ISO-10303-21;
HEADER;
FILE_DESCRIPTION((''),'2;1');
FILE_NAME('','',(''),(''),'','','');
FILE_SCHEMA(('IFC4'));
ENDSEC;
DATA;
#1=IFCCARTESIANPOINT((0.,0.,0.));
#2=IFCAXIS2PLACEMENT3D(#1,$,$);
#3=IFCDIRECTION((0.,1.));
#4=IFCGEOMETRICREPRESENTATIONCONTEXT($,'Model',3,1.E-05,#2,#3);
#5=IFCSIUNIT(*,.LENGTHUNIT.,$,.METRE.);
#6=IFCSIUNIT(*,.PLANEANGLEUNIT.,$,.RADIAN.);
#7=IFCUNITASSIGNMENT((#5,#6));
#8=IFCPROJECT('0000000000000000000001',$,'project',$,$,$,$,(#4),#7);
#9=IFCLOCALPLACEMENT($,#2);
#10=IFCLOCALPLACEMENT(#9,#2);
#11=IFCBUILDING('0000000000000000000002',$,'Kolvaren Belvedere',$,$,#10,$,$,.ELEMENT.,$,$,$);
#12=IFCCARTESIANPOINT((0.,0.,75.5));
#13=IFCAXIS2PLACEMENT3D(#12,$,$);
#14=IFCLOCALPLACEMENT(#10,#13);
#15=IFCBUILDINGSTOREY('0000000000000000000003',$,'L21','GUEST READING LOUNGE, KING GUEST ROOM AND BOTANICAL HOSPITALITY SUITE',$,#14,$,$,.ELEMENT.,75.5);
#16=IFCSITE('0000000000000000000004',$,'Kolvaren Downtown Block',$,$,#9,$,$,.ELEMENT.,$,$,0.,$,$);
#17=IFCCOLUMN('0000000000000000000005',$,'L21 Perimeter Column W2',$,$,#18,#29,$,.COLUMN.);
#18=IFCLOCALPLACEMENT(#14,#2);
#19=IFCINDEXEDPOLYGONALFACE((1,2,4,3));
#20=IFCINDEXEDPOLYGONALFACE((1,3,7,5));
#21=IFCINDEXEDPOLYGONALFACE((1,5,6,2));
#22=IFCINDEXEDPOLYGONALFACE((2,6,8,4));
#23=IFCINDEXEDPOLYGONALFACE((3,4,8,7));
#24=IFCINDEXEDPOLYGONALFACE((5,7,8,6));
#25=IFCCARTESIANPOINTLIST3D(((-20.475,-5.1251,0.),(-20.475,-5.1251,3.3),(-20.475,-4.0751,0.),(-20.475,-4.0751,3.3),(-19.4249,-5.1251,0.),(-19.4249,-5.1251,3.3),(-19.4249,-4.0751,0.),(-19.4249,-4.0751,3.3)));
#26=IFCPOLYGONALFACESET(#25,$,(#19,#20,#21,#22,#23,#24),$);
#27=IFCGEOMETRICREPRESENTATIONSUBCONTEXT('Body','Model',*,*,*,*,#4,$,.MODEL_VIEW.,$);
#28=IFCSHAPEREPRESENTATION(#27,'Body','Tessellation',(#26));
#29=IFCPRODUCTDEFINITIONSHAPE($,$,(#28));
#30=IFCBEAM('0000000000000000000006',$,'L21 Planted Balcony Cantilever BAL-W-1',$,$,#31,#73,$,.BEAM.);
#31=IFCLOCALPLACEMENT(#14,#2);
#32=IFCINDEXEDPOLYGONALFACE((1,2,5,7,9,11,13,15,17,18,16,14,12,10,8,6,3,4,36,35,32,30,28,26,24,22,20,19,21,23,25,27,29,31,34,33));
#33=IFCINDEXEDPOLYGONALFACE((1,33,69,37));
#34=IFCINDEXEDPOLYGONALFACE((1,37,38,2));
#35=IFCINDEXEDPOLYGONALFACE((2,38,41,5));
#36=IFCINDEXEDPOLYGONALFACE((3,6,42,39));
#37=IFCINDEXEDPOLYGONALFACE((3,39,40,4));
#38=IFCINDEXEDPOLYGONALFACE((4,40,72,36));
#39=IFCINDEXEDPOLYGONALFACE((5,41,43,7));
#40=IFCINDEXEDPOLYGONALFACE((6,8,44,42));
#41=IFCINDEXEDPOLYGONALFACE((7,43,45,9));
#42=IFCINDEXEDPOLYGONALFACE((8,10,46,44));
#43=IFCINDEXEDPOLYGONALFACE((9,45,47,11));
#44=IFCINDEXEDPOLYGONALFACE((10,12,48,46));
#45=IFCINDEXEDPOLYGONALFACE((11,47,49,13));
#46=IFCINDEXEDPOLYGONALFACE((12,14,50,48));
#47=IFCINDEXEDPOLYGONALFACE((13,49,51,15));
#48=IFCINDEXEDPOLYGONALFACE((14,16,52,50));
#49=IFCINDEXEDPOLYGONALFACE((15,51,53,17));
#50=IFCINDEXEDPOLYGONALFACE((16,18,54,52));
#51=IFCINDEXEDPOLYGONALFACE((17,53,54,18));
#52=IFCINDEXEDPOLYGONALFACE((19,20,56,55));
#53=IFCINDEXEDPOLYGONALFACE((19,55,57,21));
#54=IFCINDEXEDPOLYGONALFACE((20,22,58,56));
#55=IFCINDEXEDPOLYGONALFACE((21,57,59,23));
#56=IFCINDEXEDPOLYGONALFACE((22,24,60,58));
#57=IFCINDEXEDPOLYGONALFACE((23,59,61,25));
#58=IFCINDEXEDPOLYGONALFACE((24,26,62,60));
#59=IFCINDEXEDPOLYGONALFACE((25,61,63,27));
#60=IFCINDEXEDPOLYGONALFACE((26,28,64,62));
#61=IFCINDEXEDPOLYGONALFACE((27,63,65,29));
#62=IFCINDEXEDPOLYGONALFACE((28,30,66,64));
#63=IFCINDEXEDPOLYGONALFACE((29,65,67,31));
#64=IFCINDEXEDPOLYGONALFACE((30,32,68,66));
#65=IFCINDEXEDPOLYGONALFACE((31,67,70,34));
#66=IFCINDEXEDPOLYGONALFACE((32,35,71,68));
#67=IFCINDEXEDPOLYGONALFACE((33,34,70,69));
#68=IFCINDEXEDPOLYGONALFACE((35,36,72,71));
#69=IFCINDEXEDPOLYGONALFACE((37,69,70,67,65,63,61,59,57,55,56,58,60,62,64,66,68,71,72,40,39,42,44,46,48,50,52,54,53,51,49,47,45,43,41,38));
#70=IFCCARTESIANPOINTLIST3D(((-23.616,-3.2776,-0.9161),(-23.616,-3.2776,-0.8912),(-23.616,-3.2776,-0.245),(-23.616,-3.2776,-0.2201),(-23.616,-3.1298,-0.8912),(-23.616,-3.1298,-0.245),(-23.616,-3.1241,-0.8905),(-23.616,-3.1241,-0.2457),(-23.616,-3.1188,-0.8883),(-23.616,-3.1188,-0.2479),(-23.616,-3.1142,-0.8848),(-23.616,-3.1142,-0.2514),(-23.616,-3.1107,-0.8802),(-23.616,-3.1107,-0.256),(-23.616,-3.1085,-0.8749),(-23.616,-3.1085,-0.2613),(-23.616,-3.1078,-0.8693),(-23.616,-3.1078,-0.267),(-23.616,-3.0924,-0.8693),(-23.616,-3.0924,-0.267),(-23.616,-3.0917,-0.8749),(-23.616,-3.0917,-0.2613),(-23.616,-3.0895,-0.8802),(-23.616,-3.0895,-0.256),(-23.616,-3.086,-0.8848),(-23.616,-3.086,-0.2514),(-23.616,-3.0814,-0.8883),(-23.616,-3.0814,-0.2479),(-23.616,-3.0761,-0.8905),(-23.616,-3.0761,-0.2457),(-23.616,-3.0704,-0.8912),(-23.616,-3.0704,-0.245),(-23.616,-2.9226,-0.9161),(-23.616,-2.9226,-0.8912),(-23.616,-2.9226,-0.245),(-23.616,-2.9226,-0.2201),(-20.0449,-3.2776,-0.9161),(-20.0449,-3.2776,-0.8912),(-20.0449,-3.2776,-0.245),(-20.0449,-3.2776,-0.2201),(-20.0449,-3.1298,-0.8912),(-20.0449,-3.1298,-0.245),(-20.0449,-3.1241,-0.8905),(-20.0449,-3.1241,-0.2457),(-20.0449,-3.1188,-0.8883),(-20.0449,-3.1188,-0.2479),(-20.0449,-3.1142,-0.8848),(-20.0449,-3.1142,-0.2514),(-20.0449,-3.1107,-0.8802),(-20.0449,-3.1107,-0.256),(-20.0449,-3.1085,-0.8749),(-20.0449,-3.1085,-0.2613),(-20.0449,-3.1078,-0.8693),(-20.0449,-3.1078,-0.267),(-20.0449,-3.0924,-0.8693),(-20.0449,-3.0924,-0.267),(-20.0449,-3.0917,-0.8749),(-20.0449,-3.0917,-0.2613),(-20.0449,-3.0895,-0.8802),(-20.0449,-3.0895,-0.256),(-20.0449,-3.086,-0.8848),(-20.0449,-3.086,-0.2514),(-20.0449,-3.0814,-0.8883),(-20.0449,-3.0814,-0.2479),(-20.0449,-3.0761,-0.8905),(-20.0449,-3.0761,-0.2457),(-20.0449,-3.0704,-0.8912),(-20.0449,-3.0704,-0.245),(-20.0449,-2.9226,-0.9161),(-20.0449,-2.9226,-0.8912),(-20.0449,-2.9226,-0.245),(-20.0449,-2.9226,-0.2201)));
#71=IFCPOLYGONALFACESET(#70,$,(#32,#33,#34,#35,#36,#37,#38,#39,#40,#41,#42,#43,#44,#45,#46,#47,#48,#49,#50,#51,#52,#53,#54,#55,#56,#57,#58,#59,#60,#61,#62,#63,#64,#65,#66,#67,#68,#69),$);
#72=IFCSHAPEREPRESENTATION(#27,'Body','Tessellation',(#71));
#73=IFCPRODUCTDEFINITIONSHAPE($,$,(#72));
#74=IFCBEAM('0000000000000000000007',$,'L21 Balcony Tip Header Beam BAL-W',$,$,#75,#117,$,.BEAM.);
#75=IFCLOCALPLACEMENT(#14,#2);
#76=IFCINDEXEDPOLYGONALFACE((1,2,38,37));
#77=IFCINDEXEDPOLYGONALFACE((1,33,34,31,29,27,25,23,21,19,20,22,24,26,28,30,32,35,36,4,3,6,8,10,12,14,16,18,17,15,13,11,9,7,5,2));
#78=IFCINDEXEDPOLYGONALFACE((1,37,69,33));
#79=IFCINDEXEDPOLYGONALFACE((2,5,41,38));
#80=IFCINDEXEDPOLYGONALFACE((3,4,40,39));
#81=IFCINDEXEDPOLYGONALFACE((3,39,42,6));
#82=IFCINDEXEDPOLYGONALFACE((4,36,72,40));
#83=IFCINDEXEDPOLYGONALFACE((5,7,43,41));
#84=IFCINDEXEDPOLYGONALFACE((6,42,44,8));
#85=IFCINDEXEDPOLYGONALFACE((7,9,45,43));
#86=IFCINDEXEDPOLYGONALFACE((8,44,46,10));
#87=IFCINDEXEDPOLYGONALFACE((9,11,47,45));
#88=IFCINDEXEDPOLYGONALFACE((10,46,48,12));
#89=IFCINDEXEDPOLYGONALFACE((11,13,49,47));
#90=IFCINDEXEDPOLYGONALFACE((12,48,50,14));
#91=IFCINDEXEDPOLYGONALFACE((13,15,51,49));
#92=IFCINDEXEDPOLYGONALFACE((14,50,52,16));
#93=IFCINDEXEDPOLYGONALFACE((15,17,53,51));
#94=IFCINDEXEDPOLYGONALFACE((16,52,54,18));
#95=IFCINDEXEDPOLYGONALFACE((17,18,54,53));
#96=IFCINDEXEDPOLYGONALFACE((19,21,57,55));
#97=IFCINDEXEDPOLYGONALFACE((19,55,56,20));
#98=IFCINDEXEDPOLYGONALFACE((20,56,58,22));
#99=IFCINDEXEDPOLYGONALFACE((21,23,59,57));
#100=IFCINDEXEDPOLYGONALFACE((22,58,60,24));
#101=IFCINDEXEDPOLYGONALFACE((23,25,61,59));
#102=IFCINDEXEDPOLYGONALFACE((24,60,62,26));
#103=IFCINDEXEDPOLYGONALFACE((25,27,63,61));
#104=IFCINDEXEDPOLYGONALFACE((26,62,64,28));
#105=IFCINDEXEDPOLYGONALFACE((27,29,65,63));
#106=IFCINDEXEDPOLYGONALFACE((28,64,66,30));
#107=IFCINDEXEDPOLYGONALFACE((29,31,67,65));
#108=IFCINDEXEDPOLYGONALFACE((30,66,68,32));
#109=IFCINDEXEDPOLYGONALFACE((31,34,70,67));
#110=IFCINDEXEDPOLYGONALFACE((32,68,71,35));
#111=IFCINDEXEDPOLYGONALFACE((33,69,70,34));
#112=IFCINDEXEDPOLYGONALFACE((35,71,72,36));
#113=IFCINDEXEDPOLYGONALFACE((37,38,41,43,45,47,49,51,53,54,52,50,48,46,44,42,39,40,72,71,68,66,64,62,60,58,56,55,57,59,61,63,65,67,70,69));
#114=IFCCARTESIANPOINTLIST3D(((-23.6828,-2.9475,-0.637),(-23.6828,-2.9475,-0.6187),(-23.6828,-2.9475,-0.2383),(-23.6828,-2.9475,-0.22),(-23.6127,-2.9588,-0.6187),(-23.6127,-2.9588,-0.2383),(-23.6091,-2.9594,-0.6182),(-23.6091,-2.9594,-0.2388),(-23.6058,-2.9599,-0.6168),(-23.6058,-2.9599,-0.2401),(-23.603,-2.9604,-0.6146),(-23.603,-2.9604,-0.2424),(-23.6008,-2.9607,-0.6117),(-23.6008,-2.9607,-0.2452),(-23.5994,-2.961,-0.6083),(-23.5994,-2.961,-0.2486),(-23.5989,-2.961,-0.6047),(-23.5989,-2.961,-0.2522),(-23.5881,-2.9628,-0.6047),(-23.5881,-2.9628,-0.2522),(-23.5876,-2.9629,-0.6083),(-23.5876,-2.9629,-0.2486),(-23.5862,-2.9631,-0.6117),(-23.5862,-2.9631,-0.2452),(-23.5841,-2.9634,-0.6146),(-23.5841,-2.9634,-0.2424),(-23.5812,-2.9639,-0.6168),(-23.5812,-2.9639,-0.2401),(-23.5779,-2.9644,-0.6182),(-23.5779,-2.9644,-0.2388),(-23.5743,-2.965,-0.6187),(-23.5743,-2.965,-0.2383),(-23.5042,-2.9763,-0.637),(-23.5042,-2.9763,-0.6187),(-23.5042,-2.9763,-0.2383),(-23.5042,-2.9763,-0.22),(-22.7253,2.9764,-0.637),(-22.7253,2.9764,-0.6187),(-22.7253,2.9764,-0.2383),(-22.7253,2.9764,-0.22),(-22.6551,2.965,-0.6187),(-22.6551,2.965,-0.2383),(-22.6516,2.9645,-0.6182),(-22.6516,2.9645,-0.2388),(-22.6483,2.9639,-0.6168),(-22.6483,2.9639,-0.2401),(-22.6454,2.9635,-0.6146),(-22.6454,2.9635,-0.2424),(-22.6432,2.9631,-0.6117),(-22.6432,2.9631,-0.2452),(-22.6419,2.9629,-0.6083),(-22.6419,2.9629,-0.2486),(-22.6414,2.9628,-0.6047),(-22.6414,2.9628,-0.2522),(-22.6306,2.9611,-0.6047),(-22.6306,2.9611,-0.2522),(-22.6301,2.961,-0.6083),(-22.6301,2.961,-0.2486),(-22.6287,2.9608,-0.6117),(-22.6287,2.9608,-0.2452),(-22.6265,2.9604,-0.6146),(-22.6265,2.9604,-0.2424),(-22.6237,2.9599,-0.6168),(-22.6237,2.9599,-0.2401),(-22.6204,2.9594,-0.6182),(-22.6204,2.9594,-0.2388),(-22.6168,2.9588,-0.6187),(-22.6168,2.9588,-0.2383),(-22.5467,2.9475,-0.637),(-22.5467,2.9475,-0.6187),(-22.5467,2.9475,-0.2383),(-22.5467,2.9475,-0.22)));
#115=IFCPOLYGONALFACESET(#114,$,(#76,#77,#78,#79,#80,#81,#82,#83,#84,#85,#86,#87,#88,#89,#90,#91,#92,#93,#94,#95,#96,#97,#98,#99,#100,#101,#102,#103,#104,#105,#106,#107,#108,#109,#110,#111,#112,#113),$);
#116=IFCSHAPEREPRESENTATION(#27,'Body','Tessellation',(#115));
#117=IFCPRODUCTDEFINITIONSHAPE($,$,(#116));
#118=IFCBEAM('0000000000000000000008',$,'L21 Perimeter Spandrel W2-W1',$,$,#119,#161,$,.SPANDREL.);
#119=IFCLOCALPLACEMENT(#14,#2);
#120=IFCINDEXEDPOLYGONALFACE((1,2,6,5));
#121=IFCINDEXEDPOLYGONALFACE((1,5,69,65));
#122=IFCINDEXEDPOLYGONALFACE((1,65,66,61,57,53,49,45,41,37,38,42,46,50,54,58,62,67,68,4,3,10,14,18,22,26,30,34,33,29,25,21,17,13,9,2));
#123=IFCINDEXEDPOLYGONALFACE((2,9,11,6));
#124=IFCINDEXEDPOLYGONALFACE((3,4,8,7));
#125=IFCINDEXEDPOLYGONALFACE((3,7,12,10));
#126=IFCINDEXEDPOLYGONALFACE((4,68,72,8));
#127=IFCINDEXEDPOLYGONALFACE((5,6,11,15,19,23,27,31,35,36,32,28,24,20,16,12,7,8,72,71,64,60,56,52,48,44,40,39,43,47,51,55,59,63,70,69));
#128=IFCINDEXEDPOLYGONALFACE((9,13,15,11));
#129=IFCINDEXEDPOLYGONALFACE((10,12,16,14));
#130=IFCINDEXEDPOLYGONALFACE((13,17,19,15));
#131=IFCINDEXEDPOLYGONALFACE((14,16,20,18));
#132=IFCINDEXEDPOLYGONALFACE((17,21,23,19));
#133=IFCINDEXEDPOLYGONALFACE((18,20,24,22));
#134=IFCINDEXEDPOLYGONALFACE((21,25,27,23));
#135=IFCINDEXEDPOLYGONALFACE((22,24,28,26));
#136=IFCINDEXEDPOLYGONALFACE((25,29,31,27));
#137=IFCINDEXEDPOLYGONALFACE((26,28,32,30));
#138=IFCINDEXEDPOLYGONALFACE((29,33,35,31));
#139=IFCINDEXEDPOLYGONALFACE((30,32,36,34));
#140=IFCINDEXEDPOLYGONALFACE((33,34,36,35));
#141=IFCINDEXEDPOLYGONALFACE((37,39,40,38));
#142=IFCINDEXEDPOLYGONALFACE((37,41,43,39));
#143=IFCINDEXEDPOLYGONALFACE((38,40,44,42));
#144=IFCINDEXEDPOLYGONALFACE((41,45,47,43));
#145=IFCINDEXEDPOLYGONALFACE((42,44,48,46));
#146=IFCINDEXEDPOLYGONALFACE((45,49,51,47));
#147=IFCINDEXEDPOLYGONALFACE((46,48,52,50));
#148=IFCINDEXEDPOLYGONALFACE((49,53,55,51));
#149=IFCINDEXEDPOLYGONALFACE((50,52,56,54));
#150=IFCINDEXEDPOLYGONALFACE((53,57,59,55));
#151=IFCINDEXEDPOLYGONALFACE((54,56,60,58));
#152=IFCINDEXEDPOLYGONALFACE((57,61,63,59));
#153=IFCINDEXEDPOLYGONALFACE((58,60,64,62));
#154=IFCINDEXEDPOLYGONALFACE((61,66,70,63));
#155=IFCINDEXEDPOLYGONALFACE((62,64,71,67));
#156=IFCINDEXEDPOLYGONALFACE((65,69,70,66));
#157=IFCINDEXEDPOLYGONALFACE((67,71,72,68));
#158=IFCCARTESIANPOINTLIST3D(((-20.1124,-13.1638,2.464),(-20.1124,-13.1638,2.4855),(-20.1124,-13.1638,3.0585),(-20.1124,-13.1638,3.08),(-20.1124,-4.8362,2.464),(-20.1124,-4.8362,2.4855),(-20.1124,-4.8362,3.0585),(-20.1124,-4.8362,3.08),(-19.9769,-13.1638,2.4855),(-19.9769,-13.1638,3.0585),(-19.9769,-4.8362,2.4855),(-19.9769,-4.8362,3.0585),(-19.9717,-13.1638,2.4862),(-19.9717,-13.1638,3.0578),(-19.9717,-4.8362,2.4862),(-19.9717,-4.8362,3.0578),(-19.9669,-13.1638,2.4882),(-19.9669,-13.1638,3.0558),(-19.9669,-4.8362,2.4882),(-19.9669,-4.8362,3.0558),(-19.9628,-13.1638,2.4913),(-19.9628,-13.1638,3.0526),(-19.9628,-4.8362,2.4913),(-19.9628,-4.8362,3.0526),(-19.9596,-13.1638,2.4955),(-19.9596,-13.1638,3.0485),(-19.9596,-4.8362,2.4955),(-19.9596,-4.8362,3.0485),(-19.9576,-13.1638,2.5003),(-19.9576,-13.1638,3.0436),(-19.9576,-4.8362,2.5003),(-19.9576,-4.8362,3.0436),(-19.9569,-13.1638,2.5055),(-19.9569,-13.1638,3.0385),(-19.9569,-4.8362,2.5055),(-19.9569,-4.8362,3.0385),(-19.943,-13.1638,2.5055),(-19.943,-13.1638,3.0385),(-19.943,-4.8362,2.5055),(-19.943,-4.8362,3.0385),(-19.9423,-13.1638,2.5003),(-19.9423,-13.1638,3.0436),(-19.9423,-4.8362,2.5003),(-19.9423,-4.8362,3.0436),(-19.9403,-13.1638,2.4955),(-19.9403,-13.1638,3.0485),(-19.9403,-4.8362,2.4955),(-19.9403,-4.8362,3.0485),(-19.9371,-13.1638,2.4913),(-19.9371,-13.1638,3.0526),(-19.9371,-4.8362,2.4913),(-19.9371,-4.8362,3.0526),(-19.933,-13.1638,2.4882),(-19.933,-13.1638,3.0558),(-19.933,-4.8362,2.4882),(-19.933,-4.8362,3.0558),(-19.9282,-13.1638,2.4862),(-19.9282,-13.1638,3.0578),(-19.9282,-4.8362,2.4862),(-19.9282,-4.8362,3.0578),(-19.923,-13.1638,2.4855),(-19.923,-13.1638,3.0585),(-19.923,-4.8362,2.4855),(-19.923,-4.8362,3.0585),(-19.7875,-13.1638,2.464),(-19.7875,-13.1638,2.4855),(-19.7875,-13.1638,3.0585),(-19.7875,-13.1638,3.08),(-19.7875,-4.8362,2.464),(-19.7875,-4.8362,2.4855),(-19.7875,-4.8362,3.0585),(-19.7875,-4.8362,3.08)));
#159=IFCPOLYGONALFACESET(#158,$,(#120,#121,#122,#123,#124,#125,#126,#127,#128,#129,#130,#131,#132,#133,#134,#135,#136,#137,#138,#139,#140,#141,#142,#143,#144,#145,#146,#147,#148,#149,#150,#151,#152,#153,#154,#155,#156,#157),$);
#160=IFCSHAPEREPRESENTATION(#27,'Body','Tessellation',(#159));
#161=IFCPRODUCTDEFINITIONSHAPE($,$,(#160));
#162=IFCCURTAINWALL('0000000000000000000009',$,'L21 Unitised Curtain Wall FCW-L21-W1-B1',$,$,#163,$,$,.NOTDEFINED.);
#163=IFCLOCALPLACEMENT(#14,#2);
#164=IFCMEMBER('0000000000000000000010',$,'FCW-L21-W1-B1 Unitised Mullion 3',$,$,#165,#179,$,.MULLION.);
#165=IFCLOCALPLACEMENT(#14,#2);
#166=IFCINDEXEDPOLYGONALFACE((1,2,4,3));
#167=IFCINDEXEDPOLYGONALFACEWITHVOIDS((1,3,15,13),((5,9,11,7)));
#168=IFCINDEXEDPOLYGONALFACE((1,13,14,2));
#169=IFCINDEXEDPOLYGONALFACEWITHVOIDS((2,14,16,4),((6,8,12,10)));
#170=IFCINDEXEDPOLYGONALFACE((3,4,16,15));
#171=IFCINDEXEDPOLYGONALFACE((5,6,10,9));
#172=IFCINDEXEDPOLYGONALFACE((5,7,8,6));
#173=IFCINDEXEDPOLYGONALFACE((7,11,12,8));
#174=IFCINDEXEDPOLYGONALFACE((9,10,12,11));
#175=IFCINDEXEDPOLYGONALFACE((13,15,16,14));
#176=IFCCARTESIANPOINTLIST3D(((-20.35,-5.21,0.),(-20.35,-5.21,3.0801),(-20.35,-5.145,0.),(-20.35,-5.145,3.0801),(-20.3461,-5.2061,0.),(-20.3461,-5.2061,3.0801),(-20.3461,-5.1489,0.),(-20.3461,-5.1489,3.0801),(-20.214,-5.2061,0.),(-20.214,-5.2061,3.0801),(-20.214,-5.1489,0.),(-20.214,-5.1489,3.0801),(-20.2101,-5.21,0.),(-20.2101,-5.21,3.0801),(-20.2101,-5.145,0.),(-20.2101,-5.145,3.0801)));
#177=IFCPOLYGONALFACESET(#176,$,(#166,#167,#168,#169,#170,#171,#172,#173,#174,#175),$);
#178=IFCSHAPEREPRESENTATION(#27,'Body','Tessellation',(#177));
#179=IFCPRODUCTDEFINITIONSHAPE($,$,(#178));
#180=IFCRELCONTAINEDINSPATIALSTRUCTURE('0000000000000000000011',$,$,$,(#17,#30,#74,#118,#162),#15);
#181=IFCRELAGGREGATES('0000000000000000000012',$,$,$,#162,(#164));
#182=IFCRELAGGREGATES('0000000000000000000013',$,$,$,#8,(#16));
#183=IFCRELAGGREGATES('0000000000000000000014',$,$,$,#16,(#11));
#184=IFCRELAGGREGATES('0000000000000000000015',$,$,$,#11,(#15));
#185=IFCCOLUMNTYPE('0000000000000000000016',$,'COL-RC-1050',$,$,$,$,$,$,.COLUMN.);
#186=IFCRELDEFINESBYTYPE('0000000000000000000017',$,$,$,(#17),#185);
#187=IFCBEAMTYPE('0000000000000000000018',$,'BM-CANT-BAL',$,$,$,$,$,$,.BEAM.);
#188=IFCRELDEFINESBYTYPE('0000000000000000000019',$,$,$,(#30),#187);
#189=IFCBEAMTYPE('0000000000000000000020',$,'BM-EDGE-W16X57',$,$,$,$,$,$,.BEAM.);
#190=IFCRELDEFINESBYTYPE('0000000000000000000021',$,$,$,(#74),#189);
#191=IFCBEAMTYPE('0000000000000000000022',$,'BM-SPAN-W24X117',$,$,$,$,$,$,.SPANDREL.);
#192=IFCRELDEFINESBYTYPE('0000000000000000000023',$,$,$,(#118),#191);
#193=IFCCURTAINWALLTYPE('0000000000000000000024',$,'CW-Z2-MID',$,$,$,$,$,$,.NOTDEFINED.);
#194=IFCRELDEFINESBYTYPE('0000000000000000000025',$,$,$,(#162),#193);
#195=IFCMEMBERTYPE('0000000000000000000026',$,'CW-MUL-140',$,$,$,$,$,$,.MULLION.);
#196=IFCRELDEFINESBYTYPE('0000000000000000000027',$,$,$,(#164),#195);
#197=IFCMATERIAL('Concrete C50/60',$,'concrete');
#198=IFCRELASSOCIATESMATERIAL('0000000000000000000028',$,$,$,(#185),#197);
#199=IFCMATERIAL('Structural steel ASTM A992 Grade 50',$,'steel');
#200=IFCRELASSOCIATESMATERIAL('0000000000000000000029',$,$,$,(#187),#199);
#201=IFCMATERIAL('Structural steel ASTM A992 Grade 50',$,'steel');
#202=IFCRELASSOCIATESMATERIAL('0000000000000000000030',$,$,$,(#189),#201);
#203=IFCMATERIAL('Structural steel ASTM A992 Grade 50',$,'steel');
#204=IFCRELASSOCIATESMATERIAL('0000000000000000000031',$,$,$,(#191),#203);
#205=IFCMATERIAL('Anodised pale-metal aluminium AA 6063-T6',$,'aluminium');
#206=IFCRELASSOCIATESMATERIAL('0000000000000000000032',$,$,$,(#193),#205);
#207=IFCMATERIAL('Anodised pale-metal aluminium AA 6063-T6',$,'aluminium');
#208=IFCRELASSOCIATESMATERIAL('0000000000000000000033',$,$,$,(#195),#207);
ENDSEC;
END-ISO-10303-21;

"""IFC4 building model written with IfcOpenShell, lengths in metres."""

from ifc_helpers import new_model, si_unit, direction, frame, origin, origin_2d, place, context, subcontext, project, spatial, rectangle, hollow_rectangle, i_section, extrude, material, material_profile, profile_set, type_object, element, aggregate, save


model = new_model("IFC4")

# Units and contexts
model_context = context("Model", 3, precision=1e-05, world=origin(), true_north=direction((0.0, 1.0)))
body_context = subcontext(model_context, "Body", "Model", "MODEL_VIEW")
ifc_project = project(units=[si_unit("LENGTHUNIT", "METRE"), si_unit("PLANEANGLEUNIT", "RADIAN")], contexts=[model_context])

# Site, building, storey
site_placement = place(None, origin())
site = spatial("IfcSite", under=ifc_project, at=site_placement, Name="Kolvaren Downtown Block", CompositionType="ELEMENT", RefElevation=0.0)
building_placement = place(site_placement, origin())
building = spatial("IfcBuilding", under=site, at=building_placement, Name="Kolvaren Belvedere", CompositionType="ELEMENT")
storey_placement = place(building_placement, frame((0.0, 0.0, 75.5)))
storey = spatial("IfcBuildingStorey", under=building, at=storey_placement, Name="L21", Description="GUEST READING LOUNGE, KING GUEST ROOM AND BOTANICAL HOSPITALITY SUITE", CompositionType="ELEMENT", Elevation=75.5)

# Column
ifc_material_1 = material(Name="Concrete C50/60", Category="concrete")
ifc_material_profile_1 = material_profile(ifc_material_1, rectangle(XDim=1.05, YDim=1.05, at=origin_2d()), Name="RC 1050X1050")
ifc_profile_set_1 = profile_set([ifc_material_profile_1], Name="Concrete C50/60")
column_type = type_object("IfcColumnType", Name="COL-RC-1050", PredefinedType="COLUMN", material=ifc_profile_set_1)
column_placement = place(storey_placement, frame((-19.95, -4.6001, 0.0), z_axis=(0.0, 0.0, 1.0), x_axis=(1.0, 0.0, 0.0)))
element("IfcColumn", 1, at=column_placement, inside=storey, type_object=column_type, Name="L21 Perimeter Column W2", PredefinedType="COLUMN", context=body_context, shape_type="SweptSolid", body=[
    extrude(rectangle(XDim=1.05, YDim=1.05, at=origin_2d()), origin(), (0.0, 0.0, 1.0), 3.3),
])

# Beams
ifc_material_2 = material(Name="Structural steel ASTM A992 Grade 50", Category="steel")
ifc_material_profile_2 = material_profile(ifc_material_2, i_section(OverallWidth=0.355, OverallDepth=0.696, WebThickness=0.0154, FlangeThickness=0.0249, FilletRadius=0.022, at=origin_2d()), Name="W27X146")
ifc_profile_set_2 = profile_set([ifc_material_profile_2], Name="Structural steel ASTM A992 Grade 50")
beam_type_1 = type_object("IfcBeamType", Name="BM-CANT-BAL", PredefinedType="BEAM", material=ifc_profile_set_2)
beam_1_placement = place(storey_placement, frame((-20.0449, -3.1001, -0.5681), z_axis=(-1.0, 0.0, 0.0), x_axis=(0.0, -1.0, 0.0)))
element("IfcBeam", 2, at=beam_1_placement, inside=storey, type_object=beam_type_1, Name="L21 Planted Balcony Cantilever BAL-W-1", PredefinedType="BEAM", context=body_context, shape_type="SweptSolid", body=[
    extrude(i_section(OverallWidth=0.355, OverallDepth=0.696, WebThickness=0.0154, FlangeThickness=0.0249, FilletRadius=0.022, at=origin_2d()), origin(), (0.0, 0.0, 1.0), 3.571),
])
ifc_material_3 = material(Name="Structural steel ASTM A992 Grade 50", Category="steel")
ifc_material_profile_3 = material_profile(ifc_material_3, i_section(OverallWidth=0.1809, OverallDepth=0.417, WebThickness=0.011, FlangeThickness=0.0183, FilletRadius=0.0139, at=origin_2d()), Name="W16X57")
ifc_profile_set_3 = profile_set([ifc_material_profile_3], Name="Structural steel ASTM A992 Grade 50")
beam_type_2 = type_object("IfcBeamType", Name="BM-EDGE-W16X57", PredefinedType="BEAM", material=ifc_profile_set_3)
beam_2_placement = place(storey_placement, frame((-23.5935, -2.9619, -0.4285), z_axis=(0.159568, 0.987187, 0.0), x_axis=(-0.987187, 0.159568, 0.0)))
element("IfcBeam", 3, at=beam_2_placement, inside=storey, type_object=beam_type_2, Name="L21 Balcony Tip Header Beam BAL-W", PredefinedType="BEAM", context=body_context, shape_type="SweptSolid", body=[
    extrude(i_section(OverallWidth=0.1809, OverallDepth=0.417, WebThickness=0.011, FlangeThickness=0.0183, FilletRadius=0.0139, at=origin_2d()), origin(), (0.0, 0.0, 1.0), 6.0007),
])
ifc_material_4 = material(Name="Structural steel ASTM A992 Grade 50", Category="steel")
ifc_material_profile_4 = material_profile(ifc_material_4, i_section(OverallWidth=0.325, OverallDepth=0.616, WebThickness=0.0139, FlangeThickness=0.0215, FilletRadius=0.02, at=origin_2d()), Name="W24X117")
ifc_profile_set_4 = profile_set([ifc_material_profile_4], Name="Structural steel ASTM A992 Grade 50")
beam_type_3 = type_object("IfcBeamType", Name="BM-SPAN-W24X117", PredefinedType="SPANDREL", material=ifc_profile_set_4)
beam_3_placement = place(storey_placement, frame((-19.95, -4.8362, 2.772), z_axis=(0.0, -1.0, 0.0), x_axis=(1.0, 0.0, 0.0)))
element("IfcBeam", 4, at=beam_3_placement, inside=storey, type_object=beam_type_3, Name="L21 Perimeter Spandrel W2-W1", PredefinedType="SPANDREL", context=body_context, shape_type="SweptSolid", body=[
    extrude(i_section(OverallWidth=0.325, OverallDepth=0.616, WebThickness=0.0139, FlangeThickness=0.0215, FilletRadius=0.02, at=origin_2d()), origin(), (0.0, 0.0, 1.0), 8.3276),
])

# Curtain wall, member
ifc_material_5 = material(Name="Anodised pale-metal aluminium AA 6063-T6", Category="aluminium")
curtain_wall_type = type_object("IfcCurtainWallType", Name="CW-Z2-MID", PredefinedType="NOTDEFINED", material=ifc_material_5)
curtain_wall_1_placement = place(storey_placement, origin())
curtain_wall_1 = element("IfcCurtainWall", 5, at=curtain_wall_1_placement, inside=storey, type_object=curtain_wall_type, Name="L21 Unitised Curtain Wall FCW-L21-W1-B1", PredefinedType="NOTDEFINED")
ifc_material_6 = material(Name="Anodised pale-metal aluminium AA 6063-T6", Category="aluminium")
ifc_material_profile_5 = material_profile(ifc_material_6, hollow_rectangle(XDim=0.0649, YDim=0.1399, WallThickness=0.0039, at=origin_2d()), Name="ALU-MUL-140X65")
ifc_profile_set_5 = profile_set([ifc_material_profile_5], Name="Anodised pale-metal aluminium AA 6063-T6")
member_type_1 = type_object("IfcMemberType", Name="CW-MUL-140", PredefinedType="MULLION", material=ifc_profile_set_5)
member_1_placement = place(storey_placement, frame((-20.28, -5.1775, 0.0), z_axis=(0.0, 0.0, 1.0), x_axis=(0.0, 1.0, 0.0)))
member_1 = element("IfcMember", 6, at=member_1_placement, type_object=member_type_1, Name="FCW-L21-W1-B1 Unitised Mullion 3", PredefinedType="MULLION", context=body_context, shape_type="SweptSolid", body=[
    extrude(hollow_rectangle(XDim=0.0649, YDim=0.1399, WallThickness=0.0039, at=origin_2d()), origin(), (0.0, 0.0, 1.0), 3.0801),
])
aggregate(curtain_wall_1, [member_1])

save(model, "model.ifc")
